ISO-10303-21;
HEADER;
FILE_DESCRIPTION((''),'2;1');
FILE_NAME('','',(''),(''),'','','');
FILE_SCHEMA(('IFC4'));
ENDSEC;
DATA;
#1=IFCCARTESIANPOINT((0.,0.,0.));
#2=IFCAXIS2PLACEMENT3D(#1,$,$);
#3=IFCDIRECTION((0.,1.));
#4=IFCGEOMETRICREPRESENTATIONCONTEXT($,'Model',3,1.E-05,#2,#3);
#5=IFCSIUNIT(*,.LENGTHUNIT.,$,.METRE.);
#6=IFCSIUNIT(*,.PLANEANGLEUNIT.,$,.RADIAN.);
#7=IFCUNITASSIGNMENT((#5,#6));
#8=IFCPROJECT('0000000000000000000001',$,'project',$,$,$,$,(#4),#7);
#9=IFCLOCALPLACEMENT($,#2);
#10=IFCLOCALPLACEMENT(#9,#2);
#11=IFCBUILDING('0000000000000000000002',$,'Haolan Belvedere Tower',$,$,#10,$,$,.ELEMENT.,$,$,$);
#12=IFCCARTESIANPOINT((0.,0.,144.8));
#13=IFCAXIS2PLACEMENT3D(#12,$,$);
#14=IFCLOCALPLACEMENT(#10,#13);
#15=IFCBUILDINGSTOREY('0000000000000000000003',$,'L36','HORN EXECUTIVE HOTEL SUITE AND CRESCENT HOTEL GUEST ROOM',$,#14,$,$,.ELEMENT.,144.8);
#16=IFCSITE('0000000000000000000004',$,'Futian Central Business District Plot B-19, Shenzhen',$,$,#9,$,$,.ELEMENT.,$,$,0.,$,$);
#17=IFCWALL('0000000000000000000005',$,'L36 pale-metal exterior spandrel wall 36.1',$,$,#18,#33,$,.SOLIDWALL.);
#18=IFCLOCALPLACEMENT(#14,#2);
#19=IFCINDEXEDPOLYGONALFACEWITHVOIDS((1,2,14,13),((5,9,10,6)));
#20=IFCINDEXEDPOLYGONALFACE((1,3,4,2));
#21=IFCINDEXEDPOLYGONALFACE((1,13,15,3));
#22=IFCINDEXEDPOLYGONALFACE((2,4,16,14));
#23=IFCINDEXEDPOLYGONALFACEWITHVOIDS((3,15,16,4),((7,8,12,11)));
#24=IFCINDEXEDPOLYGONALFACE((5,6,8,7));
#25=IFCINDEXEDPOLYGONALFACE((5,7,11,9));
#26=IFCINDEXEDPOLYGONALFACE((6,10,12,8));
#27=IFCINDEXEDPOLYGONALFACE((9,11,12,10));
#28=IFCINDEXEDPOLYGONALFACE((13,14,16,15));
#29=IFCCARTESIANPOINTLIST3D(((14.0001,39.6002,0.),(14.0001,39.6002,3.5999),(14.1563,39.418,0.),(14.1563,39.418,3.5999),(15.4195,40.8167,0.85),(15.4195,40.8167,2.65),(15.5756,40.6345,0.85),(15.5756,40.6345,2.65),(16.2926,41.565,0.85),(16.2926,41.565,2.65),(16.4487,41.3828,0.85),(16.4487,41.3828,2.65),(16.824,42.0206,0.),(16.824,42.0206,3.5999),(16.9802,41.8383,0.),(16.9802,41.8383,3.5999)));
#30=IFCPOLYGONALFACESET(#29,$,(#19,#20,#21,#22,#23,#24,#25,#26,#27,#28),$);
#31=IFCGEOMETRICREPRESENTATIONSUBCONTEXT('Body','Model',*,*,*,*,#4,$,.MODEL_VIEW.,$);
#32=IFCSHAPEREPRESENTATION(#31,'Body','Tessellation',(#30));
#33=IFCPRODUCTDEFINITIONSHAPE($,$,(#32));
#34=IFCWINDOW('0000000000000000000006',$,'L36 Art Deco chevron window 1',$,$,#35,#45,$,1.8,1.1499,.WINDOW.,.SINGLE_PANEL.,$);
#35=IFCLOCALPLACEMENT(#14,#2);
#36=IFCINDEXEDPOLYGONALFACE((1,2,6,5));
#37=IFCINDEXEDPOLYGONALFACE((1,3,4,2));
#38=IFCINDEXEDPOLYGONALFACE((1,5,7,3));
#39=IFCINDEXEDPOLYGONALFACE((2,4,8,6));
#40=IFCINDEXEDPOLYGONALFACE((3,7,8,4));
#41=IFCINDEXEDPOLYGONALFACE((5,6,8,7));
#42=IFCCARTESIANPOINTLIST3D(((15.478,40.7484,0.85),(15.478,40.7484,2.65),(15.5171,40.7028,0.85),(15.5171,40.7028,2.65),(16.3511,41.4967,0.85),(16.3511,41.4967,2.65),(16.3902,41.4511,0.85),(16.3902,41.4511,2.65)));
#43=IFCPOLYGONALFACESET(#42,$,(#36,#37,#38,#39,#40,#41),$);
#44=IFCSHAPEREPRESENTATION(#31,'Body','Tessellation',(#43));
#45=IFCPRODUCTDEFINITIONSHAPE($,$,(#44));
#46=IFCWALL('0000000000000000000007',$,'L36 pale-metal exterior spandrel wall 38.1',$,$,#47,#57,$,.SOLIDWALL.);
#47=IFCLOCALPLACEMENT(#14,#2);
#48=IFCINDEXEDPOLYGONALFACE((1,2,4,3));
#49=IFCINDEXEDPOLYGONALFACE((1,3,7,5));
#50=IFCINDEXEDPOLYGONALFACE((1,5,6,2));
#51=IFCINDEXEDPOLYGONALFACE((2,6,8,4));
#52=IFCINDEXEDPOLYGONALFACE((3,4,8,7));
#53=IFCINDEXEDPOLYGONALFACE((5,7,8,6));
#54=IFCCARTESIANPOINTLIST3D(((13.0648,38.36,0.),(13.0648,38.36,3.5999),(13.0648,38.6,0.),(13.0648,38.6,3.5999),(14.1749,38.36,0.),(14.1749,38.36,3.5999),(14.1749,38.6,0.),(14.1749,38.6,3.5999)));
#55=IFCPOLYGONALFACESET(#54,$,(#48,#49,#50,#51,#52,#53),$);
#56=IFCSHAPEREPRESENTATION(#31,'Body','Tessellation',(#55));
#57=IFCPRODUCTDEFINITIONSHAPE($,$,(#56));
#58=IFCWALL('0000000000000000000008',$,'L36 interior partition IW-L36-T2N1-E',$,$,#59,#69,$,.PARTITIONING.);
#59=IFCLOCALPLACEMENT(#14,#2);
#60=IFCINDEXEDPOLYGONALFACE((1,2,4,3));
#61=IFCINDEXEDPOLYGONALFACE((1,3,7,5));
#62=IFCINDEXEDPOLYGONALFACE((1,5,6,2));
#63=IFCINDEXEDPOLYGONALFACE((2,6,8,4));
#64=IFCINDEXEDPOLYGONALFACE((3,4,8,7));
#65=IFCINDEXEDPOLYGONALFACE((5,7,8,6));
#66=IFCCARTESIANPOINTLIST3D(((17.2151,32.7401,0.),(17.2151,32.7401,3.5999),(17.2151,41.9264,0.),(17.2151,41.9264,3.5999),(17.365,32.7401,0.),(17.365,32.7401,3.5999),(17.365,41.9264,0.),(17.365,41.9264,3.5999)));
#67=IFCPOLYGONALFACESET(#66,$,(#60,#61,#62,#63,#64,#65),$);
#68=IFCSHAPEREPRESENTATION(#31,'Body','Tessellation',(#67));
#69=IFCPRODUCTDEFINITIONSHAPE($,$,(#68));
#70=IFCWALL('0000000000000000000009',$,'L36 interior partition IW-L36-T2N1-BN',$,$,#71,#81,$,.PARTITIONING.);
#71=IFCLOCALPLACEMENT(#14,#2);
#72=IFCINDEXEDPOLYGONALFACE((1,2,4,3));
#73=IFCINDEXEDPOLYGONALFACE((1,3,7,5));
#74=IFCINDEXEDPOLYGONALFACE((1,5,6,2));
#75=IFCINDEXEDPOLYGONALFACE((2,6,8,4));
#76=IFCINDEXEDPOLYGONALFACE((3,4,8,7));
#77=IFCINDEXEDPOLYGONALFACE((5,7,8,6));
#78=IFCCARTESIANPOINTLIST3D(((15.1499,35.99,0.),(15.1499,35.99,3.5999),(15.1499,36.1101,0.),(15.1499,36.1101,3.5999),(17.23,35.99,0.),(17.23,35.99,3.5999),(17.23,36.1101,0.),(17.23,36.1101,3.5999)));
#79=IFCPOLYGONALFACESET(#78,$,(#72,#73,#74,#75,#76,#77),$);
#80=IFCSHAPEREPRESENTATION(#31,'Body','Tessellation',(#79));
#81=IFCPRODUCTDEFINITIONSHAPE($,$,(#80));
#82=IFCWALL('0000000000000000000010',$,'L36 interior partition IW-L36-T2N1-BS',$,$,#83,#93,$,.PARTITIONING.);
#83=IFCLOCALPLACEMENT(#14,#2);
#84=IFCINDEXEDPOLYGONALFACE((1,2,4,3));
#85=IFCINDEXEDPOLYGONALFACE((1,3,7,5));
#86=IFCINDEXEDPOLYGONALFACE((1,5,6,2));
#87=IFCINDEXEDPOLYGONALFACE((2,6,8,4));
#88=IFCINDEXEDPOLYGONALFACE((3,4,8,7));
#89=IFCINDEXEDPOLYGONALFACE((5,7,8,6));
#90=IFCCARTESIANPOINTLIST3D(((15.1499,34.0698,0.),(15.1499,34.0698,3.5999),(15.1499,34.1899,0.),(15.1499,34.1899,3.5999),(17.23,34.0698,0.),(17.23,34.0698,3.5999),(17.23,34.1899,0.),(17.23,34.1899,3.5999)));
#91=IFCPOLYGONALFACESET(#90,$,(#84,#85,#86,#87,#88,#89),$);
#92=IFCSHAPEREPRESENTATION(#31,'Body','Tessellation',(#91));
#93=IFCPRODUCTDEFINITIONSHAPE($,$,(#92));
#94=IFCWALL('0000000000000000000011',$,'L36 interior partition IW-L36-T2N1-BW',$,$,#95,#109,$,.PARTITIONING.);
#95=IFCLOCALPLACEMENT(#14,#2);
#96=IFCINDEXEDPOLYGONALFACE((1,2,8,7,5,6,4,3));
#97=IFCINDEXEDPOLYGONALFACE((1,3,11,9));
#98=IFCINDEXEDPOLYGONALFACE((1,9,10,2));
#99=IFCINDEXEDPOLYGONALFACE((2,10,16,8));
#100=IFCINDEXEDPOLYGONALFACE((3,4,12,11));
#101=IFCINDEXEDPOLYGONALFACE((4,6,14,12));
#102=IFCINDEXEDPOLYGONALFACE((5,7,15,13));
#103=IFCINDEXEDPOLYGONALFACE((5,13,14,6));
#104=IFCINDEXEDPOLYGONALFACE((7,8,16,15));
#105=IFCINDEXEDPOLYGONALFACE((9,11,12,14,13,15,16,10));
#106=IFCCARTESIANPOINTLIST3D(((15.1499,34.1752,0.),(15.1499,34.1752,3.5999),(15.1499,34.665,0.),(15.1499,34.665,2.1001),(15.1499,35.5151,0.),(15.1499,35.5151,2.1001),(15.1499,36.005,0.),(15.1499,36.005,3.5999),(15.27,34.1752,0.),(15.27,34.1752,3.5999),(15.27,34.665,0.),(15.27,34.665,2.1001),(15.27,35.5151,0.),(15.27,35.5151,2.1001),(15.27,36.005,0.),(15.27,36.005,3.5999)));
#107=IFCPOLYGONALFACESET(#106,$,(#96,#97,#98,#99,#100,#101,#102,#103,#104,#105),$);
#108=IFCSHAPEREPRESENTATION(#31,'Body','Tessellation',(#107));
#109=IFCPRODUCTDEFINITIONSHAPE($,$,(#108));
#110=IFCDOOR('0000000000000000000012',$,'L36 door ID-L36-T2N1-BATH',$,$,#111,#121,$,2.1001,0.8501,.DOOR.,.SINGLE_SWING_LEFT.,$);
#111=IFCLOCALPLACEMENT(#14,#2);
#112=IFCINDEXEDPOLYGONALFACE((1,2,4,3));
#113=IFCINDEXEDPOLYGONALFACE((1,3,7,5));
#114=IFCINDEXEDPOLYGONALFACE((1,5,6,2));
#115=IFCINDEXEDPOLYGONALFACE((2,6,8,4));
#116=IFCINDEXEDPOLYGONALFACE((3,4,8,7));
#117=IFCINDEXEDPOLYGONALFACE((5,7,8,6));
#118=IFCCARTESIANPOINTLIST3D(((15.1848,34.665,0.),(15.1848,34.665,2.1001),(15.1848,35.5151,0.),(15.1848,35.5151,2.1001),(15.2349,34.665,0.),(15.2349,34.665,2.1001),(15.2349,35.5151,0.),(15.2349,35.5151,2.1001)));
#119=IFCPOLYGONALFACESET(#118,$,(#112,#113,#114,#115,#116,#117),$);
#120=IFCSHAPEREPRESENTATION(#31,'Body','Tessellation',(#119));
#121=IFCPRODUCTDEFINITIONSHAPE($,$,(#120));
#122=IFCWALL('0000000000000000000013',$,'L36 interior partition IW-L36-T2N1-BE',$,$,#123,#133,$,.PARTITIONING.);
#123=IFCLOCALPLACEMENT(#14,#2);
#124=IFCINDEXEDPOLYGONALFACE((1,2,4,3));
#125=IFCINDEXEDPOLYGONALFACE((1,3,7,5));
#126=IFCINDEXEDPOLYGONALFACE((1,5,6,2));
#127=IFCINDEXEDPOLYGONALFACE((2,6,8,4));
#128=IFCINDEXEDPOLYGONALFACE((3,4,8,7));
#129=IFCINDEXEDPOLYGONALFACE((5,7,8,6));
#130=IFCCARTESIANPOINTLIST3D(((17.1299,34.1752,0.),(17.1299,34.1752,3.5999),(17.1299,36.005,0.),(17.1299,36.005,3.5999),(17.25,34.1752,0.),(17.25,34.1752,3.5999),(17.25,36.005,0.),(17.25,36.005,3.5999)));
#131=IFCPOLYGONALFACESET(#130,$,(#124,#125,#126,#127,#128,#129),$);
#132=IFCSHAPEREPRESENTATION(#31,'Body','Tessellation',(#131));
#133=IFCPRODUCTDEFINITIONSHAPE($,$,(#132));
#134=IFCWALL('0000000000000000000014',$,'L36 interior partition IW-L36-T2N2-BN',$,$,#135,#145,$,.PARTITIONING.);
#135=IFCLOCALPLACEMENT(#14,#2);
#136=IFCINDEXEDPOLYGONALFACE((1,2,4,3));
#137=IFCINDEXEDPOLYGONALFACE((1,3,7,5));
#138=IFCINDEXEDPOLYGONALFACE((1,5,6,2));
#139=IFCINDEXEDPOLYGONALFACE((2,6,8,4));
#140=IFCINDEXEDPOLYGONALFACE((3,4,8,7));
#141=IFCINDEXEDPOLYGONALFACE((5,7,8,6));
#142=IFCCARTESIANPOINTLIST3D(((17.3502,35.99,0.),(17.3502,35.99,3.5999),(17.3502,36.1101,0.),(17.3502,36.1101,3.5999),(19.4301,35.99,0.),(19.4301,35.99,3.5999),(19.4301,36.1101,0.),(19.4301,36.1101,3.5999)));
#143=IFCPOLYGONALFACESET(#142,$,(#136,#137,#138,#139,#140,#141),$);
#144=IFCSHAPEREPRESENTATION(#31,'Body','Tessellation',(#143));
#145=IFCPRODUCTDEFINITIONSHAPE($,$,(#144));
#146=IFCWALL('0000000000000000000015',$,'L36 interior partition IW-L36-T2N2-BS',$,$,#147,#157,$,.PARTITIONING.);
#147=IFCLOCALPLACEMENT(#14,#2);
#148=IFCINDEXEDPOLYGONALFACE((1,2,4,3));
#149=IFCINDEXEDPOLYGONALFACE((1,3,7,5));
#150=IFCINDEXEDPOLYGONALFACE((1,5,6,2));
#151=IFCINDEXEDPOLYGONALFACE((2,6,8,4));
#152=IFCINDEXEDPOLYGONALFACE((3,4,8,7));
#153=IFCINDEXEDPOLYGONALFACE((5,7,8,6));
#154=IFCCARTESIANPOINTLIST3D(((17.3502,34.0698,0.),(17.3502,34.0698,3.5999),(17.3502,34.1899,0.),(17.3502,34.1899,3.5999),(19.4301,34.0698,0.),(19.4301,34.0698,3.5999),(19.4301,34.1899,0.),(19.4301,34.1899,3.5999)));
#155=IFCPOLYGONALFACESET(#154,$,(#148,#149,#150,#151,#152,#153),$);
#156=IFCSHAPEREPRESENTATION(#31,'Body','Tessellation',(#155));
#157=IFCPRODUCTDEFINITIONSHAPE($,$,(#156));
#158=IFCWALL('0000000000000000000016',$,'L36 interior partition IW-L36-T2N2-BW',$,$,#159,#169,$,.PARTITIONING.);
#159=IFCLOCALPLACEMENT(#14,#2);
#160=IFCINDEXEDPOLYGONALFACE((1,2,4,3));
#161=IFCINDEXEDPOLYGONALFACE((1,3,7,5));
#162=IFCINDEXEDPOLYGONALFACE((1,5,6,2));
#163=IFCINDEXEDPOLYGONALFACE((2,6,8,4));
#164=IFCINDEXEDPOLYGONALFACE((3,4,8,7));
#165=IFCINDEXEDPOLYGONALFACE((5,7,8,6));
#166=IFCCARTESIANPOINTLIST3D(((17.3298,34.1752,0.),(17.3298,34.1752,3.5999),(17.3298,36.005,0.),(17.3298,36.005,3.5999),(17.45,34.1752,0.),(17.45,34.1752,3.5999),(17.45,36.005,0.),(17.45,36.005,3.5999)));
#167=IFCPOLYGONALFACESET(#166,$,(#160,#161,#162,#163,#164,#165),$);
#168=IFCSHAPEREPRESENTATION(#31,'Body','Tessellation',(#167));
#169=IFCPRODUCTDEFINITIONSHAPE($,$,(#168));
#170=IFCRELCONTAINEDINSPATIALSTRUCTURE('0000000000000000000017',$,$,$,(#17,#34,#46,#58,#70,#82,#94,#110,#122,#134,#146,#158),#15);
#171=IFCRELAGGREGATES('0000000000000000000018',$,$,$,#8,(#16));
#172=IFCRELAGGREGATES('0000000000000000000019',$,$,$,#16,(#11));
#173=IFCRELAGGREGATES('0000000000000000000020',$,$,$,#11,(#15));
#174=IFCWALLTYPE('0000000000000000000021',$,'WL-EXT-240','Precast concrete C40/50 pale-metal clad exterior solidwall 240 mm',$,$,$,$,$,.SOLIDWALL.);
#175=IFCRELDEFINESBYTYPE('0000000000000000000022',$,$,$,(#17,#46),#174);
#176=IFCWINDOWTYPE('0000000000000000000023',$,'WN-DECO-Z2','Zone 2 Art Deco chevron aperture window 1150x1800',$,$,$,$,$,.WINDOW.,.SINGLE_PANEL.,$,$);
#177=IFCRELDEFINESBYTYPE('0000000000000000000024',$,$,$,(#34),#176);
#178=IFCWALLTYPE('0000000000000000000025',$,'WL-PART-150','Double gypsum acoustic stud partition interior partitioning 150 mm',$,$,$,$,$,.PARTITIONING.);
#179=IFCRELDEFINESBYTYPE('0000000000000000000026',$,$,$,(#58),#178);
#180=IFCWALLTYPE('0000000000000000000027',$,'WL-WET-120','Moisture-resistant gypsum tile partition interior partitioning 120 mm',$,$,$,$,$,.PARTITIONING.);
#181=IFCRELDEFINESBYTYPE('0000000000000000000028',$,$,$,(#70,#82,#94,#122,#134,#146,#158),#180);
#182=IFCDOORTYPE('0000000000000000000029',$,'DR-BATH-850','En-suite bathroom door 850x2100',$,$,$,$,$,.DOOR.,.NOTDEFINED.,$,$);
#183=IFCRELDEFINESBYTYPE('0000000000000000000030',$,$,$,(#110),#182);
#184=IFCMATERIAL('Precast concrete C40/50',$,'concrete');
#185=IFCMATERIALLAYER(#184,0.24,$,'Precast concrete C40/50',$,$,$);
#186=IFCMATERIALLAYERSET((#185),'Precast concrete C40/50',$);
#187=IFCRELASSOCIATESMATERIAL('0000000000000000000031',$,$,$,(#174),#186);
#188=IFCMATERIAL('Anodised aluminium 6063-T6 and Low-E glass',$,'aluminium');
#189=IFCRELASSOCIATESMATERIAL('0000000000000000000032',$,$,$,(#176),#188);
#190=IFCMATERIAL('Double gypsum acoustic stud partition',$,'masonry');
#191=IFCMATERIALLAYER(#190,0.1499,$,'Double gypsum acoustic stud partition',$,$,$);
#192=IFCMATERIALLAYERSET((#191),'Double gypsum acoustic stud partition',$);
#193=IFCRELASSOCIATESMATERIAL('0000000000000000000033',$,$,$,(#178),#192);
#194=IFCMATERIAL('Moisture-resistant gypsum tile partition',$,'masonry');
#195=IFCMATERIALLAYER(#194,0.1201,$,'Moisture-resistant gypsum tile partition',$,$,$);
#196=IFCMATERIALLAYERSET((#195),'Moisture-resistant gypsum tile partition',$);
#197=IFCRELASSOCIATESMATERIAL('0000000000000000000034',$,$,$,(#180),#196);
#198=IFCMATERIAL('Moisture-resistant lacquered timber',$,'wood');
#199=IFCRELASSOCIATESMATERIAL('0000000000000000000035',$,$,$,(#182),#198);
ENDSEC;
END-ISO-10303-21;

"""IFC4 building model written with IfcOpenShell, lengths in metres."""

from ifc_helpers import new_model, si_unit, direction, frame, frame_2d, origin, place, context, subcontext, project, spatial, rectangle, extrude, material, layer, layer_set, type_object, element, fill, save


model = new_model("IFC4")

# Units and contexts
model_context = context("Model", 3, precision=1e-05, world=origin(), true_north=direction((0.0, 1.0)))
body_context = subcontext(model_context, "Body", "Model", "MODEL_VIEW")
ifc_project = project(units=[si_unit("LENGTHUNIT", "METRE"), si_unit("PLANEANGLEUNIT", "RADIAN")], contexts=[model_context])

# Site, building, storey
site_placement = place(None, origin())
site = spatial("IfcSite", under=ifc_project, at=site_placement, Name="Futian Central Business District Plot B-19, Shenzhen", CompositionType="ELEMENT", RefElevation=0.0)
building_placement = place(site_placement, origin())
building = spatial("IfcBuilding", under=site, at=building_placement, Name="Haolan Belvedere Tower", CompositionType="ELEMENT")
storey_placement = place(building_placement, frame((0.0, 0.0, 144.8)))
storey = spatial("IfcBuildingStorey", under=building, at=storey_placement, Name="L36", Description="HORN EXECUTIVE HOTEL SUITE AND CRESCENT HOTEL GUEST ROOM", CompositionType="ELEMENT", Elevation=144.8)

# Wall, opening, window
ifc_material_1 = material(Name="Precast concrete C40/50", Category="concrete")
ifc_layer_1 = layer(ifc_material_1, 0.24, Name="Precast concrete C40/50")
ifc_layer_set_1 = layer_set([ifc_layer_1], Name="Precast concrete C40/50")
wall_type_1 = type_object("IfcWallType", Name="WL-EXT-240", Description="Precast concrete C40/50 pale-metal clad exterior solidwall 240 mm", PredefinedType="SOLIDWALL", material=ifc_layer_set_1)
wall_1_placement = place(storey_placement, frame((16.9021, 41.9294, 0.0), z_axis=(0.0, 0.0, 1.0), x_axis=(-0.759275, -0.65077, 0.0)))
wall_1 = element("IfcWall", 1, at=wall_1_placement, inside=storey, type_object=wall_type_1, Name="L36 pale-metal exterior spandrel wall 36.1", PredefinedType="SOLIDWALL", context=body_context, shape_type="SweptSolid", body=[
    extrude(rectangle(XDim=3.7192, YDim=0.24, at=frame_2d((1.8596, 0.0))), origin(), (0.0, 0.0, 1.0), 3.5999),
])
opening_1_placement = place(wall_1_placement, frame((0.7, 0.0, 0.8501)))
opening_1 = element("IfcOpeningElement", 2, at=opening_1_placement, cuts=wall_1, PredefinedType="OPENING", context=body_context, shape_type="SweptSolid", body=[
    extrude(rectangle(XDim=1.1499, YDim=1.8, at=frame_2d((0.575, 0.8999))), frame((0.0, 0.1299, 0.0), z_axis=(0.0, -1.0, 0.0), x_axis=(1.0, 0.0, 0.0)), (0.0, 0.0, 1.0), 0.26),
])
ifc_material_2 = material(Name="Anodised aluminium 6063-T6 and Low-E glass", Category="aluminium")
window_type = type_object("IfcWindowType", Name="WN-DECO-Z2", Description="Zone 2 Art Deco chevron aperture window 1150x1800", PartitioningType="SINGLE_PANEL", PredefinedType="WINDOW", material=ifc_material_2)
window_placement = place(opening_1_placement, origin())
window = element("IfcWindow", 3, at=window_placement, inside=storey, type_object=window_type, Name="L36 Art Deco chevron window 1", OverallHeight=1.8, OverallWidth=1.1499, PartitioningType="SINGLE_PANEL", PredefinedType="WINDOW", context=body_context, shape_type="SweptSolid", body=[
    extrude(rectangle(XDim=1.1499, YDim=1.8, at=frame_2d((0.575, 0.8999))), frame((0.0, 0.03, 0.0), z_axis=(0.0, -1.0, 0.0), x_axis=(1.0, 0.0, 0.0)), (0.0, 0.0, 1.0), 0.0601),
])
fill(opening_1, window)

# Walls
wall_2_placement = place(storey_placement, frame((14.175, 38.48, 0.0), z_axis=(0.0, 0.0, 1.0), x_axis=(-1.0, 0.0, 0.0)))
element("IfcWall", 4, at=wall_2_placement, inside=storey, type_object=wall_type_1, Name="L36 pale-metal exterior spandrel wall 38.1", PredefinedType="SOLIDWALL", context=body_context, shape_type="SweptSolid", body=[
    extrude(rectangle(XDim=1.1101, YDim=0.24, at=frame_2d((0.5552, 0.0))), origin(), (0.0, 0.0, 1.0), 3.5999),
])
ifc_material_3 = material(Name="Double gypsum acoustic stud partition", Category="masonry")
ifc_layer_2 = layer(ifc_material_3, 0.1499, Name="Double gypsum acoustic stud partition")
ifc_layer_set_2 = layer_set([ifc_layer_2], Name="Double gypsum acoustic stud partition")
wall_type_2 = type_object("IfcWallType", Name="WL-PART-150", Description="Double gypsum acoustic stud partition interior partitioning 150 mm", PredefinedType="PARTITIONING", material=ifc_layer_set_2)
wall_3_placement = place(storey_placement, frame((17.29, 32.74, 0.0), z_axis=(0.0, 0.0, 1.0), x_axis=(0.0, 1.0, 0.0)))
element("IfcWall", 5, at=wall_3_placement, inside=storey, type_object=wall_type_2, Name="L36 interior partition IW-L36-T2N1-E", PredefinedType="PARTITIONING", context=body_context, shape_type="SweptSolid", body=[
    extrude(rectangle(XDim=9.1863, YDim=0.1499, at=frame_2d((4.5933, 0.0))), origin(), (0.0, 0.0, 1.0), 3.5999),
])

# Walls
ifc_material_4 = material(Name="Moisture-resistant gypsum tile partition", Category="masonry")
ifc_layer_3 = layer(ifc_material_4, 0.1201, Name="Moisture-resistant gypsum tile partition")
ifc_layer_set_3 = layer_set([ifc_layer_3], Name="Moisture-resistant gypsum tile partition")
wall_type_3 = type_object("IfcWallType", Name="WL-WET-120", Description="Moisture-resistant gypsum tile partition interior partitioning 120 mm", PredefinedType="PARTITIONING", material=ifc_layer_set_3)
for number, where, z_axis, x_axis, name in (
    (6, (15.1499, 36.05, 0.0), (0.0, 0.0, 1.0), (1.0, 0.0, 0.0), "L36 interior partition IW-L36-T2N1-BN"),
    (7, (15.1499, 34.1299, 0.0), (0.0, 0.0, 1.0), (1.0, 0.0, 0.0), "L36 interior partition IW-L36-T2N1-BS"),
):
    element("IfcWall", number, at=place(storey_placement, frame(where, z_axis=z_axis, x_axis=x_axis)), inside=storey, type_object=wall_type_3, Name=name, PredefinedType="PARTITIONING", context=body_context, shape_type="SweptSolid", body=[
        extrude(rectangle(XDim=2.0801, YDim=0.1201, at=frame_2d((1.04, 0.0))), origin(), (0.0, 0.0, 1.0), 3.5999),
    ])

# Wall, opening, door
wall_4_placement = place(storey_placement, frame((15.21, 34.175, 0.0), z_axis=(0.0, 0.0, 1.0), x_axis=(0.0, 1.0, 0.0)))
wall_4 = element("IfcWall", 8, at=wall_4_placement, inside=storey, type_object=wall_type_3, Name="L36 interior partition IW-L36-T2N1-BW", PredefinedType="PARTITIONING", context=body_context, shape_type="SweptSolid", body=[
    extrude(rectangle(XDim=1.8298, YDim=0.1201, at=frame_2d((0.915, 0.0))), origin(), (0.0, 0.0, 1.0), 3.5999),
])
opening_2_placement = place(wall_4_placement, frame((1.3401, 0.0, 0.0), z_axis=(0.0, 0.0, 1.0), x_axis=(-1.0, 0.0, 0.0)))
opening_2 = element("IfcOpeningElement", 9, at=opening_2_placement, cuts=wall_4, PredefinedType="OPENING", context=body_context, shape_type="SweptSolid", body=[
    extrude(rectangle(XDim=0.8501, YDim=2.1001, at=frame_2d((0.425, 1.05))), frame((0.0, 0.0701, 0.0), z_axis=(0.0, -1.0, 0.0), x_axis=(1.0, 0.0, 0.0)), (0.0, 0.0, 1.0), 0.1401),
])
ifc_material_5 = material(Name="Moisture-resistant lacquered timber", Category="wood")
door_type_1 = type_object("IfcDoorType", Name="DR-BATH-850", Description="En-suite bathroom door 850x2100", OperationType="NOTDEFINED", PredefinedType="DOOR", material=ifc_material_5)
door_1_placement = place(opening_2_placement, origin())
door_1 = element("IfcDoor", 10, at=door_1_placement, inside=storey, type_object=door_type_1, Name="L36 door ID-L36-T2N1-BATH", OperationType="SINGLE_SWING_LEFT", OverallHeight=2.1001, OverallWidth=0.8501, PredefinedType="DOOR", context=body_context, shape_type="SweptSolid", body=[
    extrude(rectangle(XDim=0.8501, YDim=2.1001, at=frame_2d((0.425, 1.05))), frame((0.0, 0.0249, 0.0), z_axis=(0.0, -1.0, 0.0), x_axis=(1.0, 0.0, 0.0)), (0.0, 0.0, 1.0), 0.05),
])
fill(opening_2, door_1)

# Walls
wall_5_placement = place(storey_placement, frame((17.1899, 34.175, 0.0), z_axis=(0.0, 0.0, 1.0), x_axis=(0.0, 1.0, 0.0)))
element("IfcWall", 11, at=wall_5_placement, inside=storey, type_object=wall_type_3, Name="L36 interior partition IW-L36-T2N1-BE", PredefinedType="PARTITIONING", context=body_context, shape_type="SweptSolid", body=[
    extrude(rectangle(XDim=1.8298, YDim=0.1201, at=frame_2d((0.915, 0.0))), origin(), (0.0, 0.0, 1.0), 3.5999),
])
for number, where, z_axis, x_axis, name in (
    (12, (17.3501, 36.05, 0.0), (0.0, 0.0, 1.0), (1.0, 0.0, 0.0), "L36 interior partition IW-L36-T2N2-BN"),
    (13, (17.3501, 34.1299, 0.0), (0.0, 0.0, 1.0), (1.0, 0.0, 0.0), "L36 interior partition IW-L36-T2N2-BS"),
):
    element("IfcWall", number, at=place(storey_placement, frame(where, z_axis=z_axis, x_axis=x_axis)), inside=storey, type_object=wall_type_3, Name=name, PredefinedType="PARTITIONING", context=body_context, shape_type="SweptSolid", body=[
        extrude(rectangle(XDim=2.0798, YDim=0.1201, at=frame_2d((1.04, 0.0))), origin(), (0.0, 0.0, 1.0), 3.5999),
    ])
wall_6_placement = place(storey_placement, frame((17.3899, 34.175, 0.0), z_axis=(0.0, 0.0, 1.0), x_axis=(0.0, 1.0, 0.0)))
element("IfcWall", 14, at=wall_6_placement, inside=storey, type_object=wall_type_3, Name="L36 interior partition IW-L36-T2N2-BW", PredefinedType="PARTITIONING", context=body_context, shape_type="SweptSolid", body=[
    extrude(rectangle(XDim=1.8298, YDim=0.1201, at=frame_2d((0.915, 0.0))), origin(), (0.0, 0.0, 1.0), 3.5999),
])

save(model, "model.ifc")
